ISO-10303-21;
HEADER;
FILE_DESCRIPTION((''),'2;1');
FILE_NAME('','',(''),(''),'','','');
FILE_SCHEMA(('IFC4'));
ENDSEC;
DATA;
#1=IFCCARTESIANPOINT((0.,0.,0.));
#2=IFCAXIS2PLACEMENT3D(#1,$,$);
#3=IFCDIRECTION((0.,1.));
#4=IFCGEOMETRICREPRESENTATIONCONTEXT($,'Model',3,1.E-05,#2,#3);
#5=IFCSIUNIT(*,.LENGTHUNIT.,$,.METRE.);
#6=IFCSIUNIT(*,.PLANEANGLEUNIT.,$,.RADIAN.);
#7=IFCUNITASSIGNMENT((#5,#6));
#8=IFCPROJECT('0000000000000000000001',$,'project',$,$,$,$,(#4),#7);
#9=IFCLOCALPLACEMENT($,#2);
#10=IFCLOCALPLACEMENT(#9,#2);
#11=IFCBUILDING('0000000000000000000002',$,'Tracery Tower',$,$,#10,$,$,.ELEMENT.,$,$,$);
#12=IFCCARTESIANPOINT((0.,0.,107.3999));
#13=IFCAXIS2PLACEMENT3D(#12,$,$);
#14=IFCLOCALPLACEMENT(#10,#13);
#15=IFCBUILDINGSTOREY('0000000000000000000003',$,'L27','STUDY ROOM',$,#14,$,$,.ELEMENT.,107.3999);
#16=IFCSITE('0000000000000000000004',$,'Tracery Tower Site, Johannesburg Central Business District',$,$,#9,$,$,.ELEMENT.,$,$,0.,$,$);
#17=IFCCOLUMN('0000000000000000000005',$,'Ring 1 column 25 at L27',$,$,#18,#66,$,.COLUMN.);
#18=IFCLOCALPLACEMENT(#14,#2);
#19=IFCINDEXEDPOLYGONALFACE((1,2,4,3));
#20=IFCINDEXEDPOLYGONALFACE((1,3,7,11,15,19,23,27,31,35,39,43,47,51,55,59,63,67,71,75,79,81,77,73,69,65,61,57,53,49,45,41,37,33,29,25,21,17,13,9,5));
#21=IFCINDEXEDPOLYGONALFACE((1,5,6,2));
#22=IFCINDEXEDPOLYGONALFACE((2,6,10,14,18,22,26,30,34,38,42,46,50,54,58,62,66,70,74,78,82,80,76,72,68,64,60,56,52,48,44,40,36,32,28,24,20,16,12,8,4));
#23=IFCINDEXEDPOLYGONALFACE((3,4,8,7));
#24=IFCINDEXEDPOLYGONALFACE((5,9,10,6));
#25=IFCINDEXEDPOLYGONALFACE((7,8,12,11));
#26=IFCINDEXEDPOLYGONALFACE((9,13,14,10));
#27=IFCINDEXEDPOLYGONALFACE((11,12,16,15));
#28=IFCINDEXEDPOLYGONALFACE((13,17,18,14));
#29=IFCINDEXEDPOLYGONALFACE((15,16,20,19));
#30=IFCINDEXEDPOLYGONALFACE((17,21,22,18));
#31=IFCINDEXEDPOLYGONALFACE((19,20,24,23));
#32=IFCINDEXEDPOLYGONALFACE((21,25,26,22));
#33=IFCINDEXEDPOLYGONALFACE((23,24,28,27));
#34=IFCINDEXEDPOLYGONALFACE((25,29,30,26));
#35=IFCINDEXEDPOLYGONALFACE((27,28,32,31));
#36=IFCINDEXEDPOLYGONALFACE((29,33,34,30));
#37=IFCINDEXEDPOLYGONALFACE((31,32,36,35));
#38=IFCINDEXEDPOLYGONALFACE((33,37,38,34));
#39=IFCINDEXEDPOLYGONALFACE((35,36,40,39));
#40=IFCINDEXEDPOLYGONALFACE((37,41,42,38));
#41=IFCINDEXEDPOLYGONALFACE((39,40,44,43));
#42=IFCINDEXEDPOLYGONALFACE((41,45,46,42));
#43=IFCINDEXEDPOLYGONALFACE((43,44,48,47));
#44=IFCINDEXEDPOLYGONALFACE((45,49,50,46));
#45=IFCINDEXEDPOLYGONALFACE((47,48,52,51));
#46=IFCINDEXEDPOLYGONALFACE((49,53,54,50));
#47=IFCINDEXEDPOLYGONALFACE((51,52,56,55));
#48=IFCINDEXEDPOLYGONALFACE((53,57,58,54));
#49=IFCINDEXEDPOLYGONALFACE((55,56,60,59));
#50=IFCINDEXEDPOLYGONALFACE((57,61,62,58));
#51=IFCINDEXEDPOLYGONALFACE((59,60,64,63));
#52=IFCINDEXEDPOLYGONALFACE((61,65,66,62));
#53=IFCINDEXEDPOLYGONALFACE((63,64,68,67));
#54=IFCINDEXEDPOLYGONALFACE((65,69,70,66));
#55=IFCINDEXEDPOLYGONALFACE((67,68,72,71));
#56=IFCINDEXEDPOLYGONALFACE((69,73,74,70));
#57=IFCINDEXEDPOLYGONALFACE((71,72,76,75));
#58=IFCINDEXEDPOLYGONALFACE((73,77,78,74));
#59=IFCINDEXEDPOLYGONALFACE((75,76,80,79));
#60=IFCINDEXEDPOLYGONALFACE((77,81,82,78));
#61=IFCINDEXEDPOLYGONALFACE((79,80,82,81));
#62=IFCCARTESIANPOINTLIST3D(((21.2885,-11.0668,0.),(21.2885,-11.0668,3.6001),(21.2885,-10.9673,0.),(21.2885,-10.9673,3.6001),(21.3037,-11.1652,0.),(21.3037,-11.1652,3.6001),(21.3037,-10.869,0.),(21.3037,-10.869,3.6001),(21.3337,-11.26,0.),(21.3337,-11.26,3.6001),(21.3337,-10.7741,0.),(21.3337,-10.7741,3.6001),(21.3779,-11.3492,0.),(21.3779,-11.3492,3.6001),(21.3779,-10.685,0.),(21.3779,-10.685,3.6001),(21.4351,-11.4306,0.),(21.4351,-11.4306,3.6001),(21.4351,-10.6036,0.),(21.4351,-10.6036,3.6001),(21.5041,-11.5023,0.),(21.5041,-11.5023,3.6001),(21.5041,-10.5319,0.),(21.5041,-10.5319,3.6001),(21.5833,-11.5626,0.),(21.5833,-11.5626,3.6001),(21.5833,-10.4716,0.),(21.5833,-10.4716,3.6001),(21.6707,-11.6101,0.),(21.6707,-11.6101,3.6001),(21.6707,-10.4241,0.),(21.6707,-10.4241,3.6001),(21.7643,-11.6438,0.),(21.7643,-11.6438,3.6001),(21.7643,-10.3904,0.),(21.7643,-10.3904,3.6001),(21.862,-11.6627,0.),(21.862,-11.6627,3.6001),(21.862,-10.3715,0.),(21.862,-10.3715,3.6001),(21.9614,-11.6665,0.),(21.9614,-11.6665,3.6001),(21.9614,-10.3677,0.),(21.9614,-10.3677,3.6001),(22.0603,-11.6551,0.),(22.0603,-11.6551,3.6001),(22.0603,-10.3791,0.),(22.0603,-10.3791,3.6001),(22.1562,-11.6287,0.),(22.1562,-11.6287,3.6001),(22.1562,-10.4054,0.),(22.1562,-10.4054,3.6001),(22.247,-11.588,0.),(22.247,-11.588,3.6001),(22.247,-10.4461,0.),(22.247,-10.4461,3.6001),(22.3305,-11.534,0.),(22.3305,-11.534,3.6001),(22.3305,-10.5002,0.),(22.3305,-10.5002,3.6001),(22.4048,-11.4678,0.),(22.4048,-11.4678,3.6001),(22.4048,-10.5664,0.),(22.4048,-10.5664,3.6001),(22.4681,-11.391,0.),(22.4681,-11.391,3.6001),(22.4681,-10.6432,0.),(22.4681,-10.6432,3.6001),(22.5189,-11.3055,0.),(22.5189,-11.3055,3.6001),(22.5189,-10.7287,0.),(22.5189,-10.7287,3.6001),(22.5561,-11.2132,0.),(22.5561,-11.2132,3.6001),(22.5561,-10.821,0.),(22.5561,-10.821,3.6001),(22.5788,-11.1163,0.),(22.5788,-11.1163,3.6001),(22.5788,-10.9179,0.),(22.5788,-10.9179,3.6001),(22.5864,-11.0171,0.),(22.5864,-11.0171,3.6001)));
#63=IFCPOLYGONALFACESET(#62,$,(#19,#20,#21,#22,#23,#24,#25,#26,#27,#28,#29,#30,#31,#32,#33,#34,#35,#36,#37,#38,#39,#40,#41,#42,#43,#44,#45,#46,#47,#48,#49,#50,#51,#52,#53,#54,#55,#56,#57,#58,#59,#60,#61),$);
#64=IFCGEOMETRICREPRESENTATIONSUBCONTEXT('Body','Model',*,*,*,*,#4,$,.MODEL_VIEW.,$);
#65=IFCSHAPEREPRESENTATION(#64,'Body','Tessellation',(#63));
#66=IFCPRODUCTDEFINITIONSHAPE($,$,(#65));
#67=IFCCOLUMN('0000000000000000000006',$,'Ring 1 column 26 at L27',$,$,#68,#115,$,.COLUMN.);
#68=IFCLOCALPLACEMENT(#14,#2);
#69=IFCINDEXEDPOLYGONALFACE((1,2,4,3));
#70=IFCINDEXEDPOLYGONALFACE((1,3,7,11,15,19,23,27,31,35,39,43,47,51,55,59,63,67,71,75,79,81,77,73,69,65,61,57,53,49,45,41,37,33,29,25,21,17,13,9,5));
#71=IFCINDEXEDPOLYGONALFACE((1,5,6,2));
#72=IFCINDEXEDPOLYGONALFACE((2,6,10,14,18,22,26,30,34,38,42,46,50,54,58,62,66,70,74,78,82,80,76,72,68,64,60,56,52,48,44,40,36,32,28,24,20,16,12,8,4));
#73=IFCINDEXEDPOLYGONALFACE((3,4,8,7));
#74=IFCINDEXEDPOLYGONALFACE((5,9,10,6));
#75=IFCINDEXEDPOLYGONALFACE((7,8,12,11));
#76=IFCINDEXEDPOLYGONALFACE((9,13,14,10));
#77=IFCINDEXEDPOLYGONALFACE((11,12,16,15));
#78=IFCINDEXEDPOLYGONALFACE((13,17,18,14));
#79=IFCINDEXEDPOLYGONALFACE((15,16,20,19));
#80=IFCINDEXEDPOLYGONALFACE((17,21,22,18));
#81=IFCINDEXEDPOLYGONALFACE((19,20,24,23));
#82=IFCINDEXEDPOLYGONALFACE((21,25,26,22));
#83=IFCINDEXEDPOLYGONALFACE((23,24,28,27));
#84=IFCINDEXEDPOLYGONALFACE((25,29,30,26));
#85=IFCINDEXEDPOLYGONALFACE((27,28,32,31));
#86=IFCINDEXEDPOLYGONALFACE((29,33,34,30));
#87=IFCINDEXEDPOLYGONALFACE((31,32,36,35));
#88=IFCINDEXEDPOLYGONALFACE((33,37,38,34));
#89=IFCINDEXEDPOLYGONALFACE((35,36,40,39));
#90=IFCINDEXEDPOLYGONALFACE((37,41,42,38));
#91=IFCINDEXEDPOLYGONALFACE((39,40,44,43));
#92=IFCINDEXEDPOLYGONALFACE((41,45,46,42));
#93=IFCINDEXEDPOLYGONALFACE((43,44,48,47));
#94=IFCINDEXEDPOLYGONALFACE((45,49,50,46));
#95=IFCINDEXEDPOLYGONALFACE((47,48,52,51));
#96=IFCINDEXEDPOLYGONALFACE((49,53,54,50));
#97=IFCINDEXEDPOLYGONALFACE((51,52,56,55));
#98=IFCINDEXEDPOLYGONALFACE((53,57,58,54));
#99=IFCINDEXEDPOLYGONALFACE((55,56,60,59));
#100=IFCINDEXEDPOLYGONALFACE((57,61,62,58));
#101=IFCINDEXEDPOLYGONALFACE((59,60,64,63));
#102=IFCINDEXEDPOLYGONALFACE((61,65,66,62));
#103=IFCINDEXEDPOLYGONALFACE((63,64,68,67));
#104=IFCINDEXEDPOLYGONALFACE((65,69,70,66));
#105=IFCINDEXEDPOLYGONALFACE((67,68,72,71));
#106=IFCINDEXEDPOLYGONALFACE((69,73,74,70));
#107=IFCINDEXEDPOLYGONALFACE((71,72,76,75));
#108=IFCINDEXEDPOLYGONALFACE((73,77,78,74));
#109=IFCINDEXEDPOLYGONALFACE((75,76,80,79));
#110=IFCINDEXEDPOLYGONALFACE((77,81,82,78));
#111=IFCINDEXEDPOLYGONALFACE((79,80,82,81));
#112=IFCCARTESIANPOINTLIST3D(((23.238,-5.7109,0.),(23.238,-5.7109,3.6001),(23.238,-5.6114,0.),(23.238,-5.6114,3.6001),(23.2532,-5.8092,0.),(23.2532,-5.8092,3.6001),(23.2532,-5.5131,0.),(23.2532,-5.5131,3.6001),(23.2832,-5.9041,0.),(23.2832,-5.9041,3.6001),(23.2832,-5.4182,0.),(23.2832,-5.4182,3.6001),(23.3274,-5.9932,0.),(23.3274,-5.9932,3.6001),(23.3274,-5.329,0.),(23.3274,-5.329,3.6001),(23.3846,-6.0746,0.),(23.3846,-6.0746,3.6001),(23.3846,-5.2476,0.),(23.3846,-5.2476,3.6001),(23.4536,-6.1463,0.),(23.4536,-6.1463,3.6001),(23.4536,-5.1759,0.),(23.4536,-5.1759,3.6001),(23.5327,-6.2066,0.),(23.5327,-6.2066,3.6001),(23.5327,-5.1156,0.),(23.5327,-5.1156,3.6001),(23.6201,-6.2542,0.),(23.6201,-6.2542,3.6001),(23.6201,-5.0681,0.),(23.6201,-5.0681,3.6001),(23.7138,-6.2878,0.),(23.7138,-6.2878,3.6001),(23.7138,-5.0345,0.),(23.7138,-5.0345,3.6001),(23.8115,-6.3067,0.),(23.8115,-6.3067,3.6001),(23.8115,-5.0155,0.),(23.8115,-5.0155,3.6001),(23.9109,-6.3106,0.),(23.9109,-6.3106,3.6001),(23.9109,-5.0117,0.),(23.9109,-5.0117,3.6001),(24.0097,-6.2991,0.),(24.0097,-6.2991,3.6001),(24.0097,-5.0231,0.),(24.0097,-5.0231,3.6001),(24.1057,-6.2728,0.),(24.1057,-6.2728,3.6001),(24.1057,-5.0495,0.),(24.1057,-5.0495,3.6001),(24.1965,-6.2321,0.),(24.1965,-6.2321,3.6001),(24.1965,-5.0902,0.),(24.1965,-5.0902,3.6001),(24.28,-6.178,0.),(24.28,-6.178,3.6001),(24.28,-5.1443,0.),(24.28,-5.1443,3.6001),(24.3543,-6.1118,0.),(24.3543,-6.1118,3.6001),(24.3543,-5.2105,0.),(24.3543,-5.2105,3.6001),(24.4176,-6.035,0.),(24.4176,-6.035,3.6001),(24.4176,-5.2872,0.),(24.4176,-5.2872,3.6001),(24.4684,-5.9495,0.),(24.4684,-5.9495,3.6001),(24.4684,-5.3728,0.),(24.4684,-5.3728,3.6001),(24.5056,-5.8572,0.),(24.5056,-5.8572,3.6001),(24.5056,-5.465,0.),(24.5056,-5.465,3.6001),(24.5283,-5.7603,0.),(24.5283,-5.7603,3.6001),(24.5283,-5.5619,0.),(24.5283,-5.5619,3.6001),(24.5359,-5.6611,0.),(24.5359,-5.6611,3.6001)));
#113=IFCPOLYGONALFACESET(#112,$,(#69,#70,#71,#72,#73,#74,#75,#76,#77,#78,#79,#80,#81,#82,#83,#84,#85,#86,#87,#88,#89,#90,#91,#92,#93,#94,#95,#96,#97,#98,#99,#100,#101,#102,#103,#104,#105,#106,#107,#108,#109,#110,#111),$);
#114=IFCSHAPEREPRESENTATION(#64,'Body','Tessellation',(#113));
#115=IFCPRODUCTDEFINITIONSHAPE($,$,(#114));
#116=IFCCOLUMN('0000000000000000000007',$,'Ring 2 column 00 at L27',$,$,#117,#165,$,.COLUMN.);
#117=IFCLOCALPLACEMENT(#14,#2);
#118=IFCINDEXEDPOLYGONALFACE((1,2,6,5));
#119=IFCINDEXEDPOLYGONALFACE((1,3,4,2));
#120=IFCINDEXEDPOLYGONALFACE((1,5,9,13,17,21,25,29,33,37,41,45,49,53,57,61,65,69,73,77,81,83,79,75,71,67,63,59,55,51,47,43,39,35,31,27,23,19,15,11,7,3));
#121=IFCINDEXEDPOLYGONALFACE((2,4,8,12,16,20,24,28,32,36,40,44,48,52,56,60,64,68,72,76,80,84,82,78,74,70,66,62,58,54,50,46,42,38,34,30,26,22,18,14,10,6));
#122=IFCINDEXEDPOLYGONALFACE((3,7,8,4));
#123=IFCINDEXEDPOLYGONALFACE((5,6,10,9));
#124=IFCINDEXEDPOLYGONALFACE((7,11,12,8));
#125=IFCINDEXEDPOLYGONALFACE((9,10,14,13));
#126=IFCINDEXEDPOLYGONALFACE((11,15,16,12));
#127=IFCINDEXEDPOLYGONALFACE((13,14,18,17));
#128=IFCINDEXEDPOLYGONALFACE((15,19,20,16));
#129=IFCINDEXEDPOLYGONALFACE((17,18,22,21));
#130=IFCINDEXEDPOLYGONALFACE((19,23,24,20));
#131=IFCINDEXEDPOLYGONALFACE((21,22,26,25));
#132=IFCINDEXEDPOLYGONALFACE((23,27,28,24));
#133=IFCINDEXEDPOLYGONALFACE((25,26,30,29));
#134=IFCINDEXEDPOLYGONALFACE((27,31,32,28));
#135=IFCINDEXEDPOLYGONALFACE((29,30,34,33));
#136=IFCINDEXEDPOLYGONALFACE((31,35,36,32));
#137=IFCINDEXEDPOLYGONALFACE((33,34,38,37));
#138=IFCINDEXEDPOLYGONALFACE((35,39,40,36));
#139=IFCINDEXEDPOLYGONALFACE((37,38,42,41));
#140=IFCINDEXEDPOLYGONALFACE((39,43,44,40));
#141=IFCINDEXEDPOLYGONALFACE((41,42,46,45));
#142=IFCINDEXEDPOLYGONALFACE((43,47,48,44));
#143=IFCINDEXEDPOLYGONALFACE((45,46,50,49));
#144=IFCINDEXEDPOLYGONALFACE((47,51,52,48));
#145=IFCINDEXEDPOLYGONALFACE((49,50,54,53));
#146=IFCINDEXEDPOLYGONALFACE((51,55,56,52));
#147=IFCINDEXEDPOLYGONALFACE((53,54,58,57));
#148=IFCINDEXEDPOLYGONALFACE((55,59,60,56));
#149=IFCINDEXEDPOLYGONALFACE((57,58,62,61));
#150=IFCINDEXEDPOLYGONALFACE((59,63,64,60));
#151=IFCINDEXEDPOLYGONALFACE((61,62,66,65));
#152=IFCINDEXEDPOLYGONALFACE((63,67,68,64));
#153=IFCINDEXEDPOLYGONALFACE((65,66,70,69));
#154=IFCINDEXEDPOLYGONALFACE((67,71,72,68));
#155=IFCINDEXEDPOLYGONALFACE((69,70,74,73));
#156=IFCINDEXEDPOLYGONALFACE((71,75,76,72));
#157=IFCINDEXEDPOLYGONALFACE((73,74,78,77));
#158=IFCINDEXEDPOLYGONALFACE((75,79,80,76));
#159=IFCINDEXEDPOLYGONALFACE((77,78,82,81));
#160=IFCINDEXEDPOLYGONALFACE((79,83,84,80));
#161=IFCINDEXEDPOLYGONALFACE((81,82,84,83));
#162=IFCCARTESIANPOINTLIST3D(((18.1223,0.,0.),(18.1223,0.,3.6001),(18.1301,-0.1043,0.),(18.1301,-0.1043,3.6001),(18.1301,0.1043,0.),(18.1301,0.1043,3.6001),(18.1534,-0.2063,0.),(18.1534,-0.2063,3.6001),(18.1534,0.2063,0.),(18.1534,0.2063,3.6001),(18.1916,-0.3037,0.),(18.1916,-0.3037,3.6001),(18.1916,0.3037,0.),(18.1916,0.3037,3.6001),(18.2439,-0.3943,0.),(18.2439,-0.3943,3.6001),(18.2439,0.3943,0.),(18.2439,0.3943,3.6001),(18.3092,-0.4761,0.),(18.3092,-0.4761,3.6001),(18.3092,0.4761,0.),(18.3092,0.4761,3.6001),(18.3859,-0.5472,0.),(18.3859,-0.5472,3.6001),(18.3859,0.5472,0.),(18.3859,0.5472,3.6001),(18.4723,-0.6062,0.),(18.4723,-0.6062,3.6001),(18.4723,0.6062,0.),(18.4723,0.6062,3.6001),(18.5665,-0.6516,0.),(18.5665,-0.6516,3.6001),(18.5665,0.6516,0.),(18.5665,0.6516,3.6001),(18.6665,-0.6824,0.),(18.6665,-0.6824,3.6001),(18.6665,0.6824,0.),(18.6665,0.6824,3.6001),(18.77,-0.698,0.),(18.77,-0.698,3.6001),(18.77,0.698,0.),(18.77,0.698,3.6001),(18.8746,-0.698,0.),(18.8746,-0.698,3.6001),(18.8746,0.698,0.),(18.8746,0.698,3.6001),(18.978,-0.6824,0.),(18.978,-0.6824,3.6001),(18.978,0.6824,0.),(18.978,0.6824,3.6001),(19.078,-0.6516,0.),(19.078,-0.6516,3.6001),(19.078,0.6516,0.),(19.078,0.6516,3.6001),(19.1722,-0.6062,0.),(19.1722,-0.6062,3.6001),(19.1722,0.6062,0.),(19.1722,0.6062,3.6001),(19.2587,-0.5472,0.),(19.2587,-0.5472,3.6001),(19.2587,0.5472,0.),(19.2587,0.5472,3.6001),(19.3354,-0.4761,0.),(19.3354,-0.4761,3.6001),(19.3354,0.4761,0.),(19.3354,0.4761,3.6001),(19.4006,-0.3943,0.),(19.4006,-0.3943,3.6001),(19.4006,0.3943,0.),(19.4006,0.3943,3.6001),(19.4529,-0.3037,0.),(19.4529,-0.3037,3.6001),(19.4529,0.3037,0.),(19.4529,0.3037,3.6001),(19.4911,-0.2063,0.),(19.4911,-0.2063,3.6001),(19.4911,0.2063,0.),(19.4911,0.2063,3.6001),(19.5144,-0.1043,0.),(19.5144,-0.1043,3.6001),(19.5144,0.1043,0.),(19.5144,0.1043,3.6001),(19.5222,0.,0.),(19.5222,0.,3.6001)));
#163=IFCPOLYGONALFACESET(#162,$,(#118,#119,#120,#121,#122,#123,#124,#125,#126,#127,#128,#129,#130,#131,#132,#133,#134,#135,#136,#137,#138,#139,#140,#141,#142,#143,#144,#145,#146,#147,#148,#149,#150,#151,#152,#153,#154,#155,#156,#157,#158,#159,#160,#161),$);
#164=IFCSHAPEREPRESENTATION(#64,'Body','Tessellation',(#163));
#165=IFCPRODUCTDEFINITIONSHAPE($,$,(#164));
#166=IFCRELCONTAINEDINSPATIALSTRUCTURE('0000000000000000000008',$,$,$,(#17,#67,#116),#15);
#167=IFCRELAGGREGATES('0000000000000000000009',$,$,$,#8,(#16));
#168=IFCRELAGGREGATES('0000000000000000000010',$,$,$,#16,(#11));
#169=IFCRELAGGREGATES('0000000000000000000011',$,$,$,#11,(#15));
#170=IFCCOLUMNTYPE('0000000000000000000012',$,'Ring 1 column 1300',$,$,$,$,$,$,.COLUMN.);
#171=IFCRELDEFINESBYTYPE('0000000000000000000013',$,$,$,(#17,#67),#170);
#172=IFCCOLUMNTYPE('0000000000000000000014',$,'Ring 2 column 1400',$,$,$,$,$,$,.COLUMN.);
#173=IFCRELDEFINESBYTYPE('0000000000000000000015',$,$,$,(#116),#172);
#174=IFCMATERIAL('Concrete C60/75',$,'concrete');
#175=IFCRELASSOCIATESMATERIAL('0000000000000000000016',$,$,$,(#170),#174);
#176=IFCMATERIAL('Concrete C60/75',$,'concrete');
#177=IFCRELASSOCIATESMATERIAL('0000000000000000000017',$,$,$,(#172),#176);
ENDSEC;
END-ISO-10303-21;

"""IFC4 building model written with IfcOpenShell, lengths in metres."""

from ifc_helpers import new_model, si_unit, direction, frame, origin, origin_2d, place, context, subcontext, project, spatial, circle, extrude, material, material_profile, profile_set, type_object, element, save


model = new_model("IFC4")

# Units and contexts
model_context = context("Model", 3, precision=1e-05, world=origin(), true_north=direction((0.0, 1.0)))
body_context = subcontext(model_context, "Body", "Model", "MODEL_VIEW")
ifc_project = project(units=[si_unit("LENGTHUNIT", "METRE"), si_unit("PLANEANGLEUNIT", "RADIAN")], contexts=[model_context])

# Site, building, storey
site_placement = place(None, origin())
site = spatial("IfcSite", under=ifc_project, at=site_placement, Name="Tracery Tower Site, Johannesburg Central Business District", CompositionType="ELEMENT", RefElevation=0.0)
building_placement = place(site_placement, origin())
building = spatial("IfcBuilding", under=site, at=building_placement, Name="Tracery Tower", CompositionType="ELEMENT")
storey_placement = place(building_placement, frame((0.0, 0.0, 107.3999)))
storey = spatial("IfcBuildingStorey", under=building, at=storey_placement, Name="L27", Description="STUDY ROOM", CompositionType="ELEMENT", Elevation=107.3999)

# Columns
ifc_material_1 = material(Name="Concrete C60/75", Category="concrete")
ifc_material_profile_1 = material_profile(ifc_material_1, circle(Radius=0.6499, at=origin_2d()), Name="RC D1300")
ifc_profile_set_1 = profile_set([ifc_material_profile_1], Name="Concrete C60/75")
column_type_1 = type_object("IfcColumnType", Name="Ring 1 column 1300", PredefinedType="COLUMN", material=ifc_profile_set_1)
for number, where, z_axis, x_axis, name in (
    (1, (21.9365, -11.0171, 0.0), (0.0, 0.0, 1.0), (1.0, 0.0, 0.0), "Ring 1 column 25 at L27"),
    (2, (23.886, -5.6611, 0.0), (0.0, 0.0, 1.0), (1.0, 0.0, 0.0), "Ring 1 column 26 at L27"),
):
    element("IfcColumn", number, at=place(storey_placement, frame(where, z_axis=z_axis, x_axis=x_axis)), inside=storey, type_object=column_type_1, Name=name, PredefinedType="COLUMN", context=body_context, shape_type="SweptSolid", body=[
        extrude(circle(Radius=0.6499, at=origin_2d()), origin(), (0.0, 0.0, 1.0), 3.6001),
    ])
ifc_material_2 = material(Name="Concrete C60/75", Category="concrete")
ifc_material_profile_2 = material_profile(ifc_material_2, circle(Radius=0.7, at=origin_2d()), Name="RC D1400")
ifc_profile_set_2 = profile_set([ifc_material_profile_2], Name="Concrete C60/75")
column_type_2 = type_object("IfcColumnType", Name="Ring 2 column 1400", PredefinedType="COLUMN", material=ifc_profile_set_2)
for number, where, z_axis, x_axis, name in (
    (3, (18.8223, 0.0, 0.0), (0.0, 0.0, 1.0), (1.0, 0.0, 0.0), "Ring 2 column 00 at L27"),
):
    element("IfcColumn", number, at=place(storey_placement, frame(where, z_axis=z_axis, x_axis=x_axis)), inside=storey, type_object=column_type_2, Name=name, PredefinedType="COLUMN", context=body_context, shape_type="SweptSolid", body=[
        extrude(circle(Radius=0.7, at=origin_2d()), origin(), (0.0, 0.0, 1.0), 3.6001),
    ])

save(model, "model.ifc")
